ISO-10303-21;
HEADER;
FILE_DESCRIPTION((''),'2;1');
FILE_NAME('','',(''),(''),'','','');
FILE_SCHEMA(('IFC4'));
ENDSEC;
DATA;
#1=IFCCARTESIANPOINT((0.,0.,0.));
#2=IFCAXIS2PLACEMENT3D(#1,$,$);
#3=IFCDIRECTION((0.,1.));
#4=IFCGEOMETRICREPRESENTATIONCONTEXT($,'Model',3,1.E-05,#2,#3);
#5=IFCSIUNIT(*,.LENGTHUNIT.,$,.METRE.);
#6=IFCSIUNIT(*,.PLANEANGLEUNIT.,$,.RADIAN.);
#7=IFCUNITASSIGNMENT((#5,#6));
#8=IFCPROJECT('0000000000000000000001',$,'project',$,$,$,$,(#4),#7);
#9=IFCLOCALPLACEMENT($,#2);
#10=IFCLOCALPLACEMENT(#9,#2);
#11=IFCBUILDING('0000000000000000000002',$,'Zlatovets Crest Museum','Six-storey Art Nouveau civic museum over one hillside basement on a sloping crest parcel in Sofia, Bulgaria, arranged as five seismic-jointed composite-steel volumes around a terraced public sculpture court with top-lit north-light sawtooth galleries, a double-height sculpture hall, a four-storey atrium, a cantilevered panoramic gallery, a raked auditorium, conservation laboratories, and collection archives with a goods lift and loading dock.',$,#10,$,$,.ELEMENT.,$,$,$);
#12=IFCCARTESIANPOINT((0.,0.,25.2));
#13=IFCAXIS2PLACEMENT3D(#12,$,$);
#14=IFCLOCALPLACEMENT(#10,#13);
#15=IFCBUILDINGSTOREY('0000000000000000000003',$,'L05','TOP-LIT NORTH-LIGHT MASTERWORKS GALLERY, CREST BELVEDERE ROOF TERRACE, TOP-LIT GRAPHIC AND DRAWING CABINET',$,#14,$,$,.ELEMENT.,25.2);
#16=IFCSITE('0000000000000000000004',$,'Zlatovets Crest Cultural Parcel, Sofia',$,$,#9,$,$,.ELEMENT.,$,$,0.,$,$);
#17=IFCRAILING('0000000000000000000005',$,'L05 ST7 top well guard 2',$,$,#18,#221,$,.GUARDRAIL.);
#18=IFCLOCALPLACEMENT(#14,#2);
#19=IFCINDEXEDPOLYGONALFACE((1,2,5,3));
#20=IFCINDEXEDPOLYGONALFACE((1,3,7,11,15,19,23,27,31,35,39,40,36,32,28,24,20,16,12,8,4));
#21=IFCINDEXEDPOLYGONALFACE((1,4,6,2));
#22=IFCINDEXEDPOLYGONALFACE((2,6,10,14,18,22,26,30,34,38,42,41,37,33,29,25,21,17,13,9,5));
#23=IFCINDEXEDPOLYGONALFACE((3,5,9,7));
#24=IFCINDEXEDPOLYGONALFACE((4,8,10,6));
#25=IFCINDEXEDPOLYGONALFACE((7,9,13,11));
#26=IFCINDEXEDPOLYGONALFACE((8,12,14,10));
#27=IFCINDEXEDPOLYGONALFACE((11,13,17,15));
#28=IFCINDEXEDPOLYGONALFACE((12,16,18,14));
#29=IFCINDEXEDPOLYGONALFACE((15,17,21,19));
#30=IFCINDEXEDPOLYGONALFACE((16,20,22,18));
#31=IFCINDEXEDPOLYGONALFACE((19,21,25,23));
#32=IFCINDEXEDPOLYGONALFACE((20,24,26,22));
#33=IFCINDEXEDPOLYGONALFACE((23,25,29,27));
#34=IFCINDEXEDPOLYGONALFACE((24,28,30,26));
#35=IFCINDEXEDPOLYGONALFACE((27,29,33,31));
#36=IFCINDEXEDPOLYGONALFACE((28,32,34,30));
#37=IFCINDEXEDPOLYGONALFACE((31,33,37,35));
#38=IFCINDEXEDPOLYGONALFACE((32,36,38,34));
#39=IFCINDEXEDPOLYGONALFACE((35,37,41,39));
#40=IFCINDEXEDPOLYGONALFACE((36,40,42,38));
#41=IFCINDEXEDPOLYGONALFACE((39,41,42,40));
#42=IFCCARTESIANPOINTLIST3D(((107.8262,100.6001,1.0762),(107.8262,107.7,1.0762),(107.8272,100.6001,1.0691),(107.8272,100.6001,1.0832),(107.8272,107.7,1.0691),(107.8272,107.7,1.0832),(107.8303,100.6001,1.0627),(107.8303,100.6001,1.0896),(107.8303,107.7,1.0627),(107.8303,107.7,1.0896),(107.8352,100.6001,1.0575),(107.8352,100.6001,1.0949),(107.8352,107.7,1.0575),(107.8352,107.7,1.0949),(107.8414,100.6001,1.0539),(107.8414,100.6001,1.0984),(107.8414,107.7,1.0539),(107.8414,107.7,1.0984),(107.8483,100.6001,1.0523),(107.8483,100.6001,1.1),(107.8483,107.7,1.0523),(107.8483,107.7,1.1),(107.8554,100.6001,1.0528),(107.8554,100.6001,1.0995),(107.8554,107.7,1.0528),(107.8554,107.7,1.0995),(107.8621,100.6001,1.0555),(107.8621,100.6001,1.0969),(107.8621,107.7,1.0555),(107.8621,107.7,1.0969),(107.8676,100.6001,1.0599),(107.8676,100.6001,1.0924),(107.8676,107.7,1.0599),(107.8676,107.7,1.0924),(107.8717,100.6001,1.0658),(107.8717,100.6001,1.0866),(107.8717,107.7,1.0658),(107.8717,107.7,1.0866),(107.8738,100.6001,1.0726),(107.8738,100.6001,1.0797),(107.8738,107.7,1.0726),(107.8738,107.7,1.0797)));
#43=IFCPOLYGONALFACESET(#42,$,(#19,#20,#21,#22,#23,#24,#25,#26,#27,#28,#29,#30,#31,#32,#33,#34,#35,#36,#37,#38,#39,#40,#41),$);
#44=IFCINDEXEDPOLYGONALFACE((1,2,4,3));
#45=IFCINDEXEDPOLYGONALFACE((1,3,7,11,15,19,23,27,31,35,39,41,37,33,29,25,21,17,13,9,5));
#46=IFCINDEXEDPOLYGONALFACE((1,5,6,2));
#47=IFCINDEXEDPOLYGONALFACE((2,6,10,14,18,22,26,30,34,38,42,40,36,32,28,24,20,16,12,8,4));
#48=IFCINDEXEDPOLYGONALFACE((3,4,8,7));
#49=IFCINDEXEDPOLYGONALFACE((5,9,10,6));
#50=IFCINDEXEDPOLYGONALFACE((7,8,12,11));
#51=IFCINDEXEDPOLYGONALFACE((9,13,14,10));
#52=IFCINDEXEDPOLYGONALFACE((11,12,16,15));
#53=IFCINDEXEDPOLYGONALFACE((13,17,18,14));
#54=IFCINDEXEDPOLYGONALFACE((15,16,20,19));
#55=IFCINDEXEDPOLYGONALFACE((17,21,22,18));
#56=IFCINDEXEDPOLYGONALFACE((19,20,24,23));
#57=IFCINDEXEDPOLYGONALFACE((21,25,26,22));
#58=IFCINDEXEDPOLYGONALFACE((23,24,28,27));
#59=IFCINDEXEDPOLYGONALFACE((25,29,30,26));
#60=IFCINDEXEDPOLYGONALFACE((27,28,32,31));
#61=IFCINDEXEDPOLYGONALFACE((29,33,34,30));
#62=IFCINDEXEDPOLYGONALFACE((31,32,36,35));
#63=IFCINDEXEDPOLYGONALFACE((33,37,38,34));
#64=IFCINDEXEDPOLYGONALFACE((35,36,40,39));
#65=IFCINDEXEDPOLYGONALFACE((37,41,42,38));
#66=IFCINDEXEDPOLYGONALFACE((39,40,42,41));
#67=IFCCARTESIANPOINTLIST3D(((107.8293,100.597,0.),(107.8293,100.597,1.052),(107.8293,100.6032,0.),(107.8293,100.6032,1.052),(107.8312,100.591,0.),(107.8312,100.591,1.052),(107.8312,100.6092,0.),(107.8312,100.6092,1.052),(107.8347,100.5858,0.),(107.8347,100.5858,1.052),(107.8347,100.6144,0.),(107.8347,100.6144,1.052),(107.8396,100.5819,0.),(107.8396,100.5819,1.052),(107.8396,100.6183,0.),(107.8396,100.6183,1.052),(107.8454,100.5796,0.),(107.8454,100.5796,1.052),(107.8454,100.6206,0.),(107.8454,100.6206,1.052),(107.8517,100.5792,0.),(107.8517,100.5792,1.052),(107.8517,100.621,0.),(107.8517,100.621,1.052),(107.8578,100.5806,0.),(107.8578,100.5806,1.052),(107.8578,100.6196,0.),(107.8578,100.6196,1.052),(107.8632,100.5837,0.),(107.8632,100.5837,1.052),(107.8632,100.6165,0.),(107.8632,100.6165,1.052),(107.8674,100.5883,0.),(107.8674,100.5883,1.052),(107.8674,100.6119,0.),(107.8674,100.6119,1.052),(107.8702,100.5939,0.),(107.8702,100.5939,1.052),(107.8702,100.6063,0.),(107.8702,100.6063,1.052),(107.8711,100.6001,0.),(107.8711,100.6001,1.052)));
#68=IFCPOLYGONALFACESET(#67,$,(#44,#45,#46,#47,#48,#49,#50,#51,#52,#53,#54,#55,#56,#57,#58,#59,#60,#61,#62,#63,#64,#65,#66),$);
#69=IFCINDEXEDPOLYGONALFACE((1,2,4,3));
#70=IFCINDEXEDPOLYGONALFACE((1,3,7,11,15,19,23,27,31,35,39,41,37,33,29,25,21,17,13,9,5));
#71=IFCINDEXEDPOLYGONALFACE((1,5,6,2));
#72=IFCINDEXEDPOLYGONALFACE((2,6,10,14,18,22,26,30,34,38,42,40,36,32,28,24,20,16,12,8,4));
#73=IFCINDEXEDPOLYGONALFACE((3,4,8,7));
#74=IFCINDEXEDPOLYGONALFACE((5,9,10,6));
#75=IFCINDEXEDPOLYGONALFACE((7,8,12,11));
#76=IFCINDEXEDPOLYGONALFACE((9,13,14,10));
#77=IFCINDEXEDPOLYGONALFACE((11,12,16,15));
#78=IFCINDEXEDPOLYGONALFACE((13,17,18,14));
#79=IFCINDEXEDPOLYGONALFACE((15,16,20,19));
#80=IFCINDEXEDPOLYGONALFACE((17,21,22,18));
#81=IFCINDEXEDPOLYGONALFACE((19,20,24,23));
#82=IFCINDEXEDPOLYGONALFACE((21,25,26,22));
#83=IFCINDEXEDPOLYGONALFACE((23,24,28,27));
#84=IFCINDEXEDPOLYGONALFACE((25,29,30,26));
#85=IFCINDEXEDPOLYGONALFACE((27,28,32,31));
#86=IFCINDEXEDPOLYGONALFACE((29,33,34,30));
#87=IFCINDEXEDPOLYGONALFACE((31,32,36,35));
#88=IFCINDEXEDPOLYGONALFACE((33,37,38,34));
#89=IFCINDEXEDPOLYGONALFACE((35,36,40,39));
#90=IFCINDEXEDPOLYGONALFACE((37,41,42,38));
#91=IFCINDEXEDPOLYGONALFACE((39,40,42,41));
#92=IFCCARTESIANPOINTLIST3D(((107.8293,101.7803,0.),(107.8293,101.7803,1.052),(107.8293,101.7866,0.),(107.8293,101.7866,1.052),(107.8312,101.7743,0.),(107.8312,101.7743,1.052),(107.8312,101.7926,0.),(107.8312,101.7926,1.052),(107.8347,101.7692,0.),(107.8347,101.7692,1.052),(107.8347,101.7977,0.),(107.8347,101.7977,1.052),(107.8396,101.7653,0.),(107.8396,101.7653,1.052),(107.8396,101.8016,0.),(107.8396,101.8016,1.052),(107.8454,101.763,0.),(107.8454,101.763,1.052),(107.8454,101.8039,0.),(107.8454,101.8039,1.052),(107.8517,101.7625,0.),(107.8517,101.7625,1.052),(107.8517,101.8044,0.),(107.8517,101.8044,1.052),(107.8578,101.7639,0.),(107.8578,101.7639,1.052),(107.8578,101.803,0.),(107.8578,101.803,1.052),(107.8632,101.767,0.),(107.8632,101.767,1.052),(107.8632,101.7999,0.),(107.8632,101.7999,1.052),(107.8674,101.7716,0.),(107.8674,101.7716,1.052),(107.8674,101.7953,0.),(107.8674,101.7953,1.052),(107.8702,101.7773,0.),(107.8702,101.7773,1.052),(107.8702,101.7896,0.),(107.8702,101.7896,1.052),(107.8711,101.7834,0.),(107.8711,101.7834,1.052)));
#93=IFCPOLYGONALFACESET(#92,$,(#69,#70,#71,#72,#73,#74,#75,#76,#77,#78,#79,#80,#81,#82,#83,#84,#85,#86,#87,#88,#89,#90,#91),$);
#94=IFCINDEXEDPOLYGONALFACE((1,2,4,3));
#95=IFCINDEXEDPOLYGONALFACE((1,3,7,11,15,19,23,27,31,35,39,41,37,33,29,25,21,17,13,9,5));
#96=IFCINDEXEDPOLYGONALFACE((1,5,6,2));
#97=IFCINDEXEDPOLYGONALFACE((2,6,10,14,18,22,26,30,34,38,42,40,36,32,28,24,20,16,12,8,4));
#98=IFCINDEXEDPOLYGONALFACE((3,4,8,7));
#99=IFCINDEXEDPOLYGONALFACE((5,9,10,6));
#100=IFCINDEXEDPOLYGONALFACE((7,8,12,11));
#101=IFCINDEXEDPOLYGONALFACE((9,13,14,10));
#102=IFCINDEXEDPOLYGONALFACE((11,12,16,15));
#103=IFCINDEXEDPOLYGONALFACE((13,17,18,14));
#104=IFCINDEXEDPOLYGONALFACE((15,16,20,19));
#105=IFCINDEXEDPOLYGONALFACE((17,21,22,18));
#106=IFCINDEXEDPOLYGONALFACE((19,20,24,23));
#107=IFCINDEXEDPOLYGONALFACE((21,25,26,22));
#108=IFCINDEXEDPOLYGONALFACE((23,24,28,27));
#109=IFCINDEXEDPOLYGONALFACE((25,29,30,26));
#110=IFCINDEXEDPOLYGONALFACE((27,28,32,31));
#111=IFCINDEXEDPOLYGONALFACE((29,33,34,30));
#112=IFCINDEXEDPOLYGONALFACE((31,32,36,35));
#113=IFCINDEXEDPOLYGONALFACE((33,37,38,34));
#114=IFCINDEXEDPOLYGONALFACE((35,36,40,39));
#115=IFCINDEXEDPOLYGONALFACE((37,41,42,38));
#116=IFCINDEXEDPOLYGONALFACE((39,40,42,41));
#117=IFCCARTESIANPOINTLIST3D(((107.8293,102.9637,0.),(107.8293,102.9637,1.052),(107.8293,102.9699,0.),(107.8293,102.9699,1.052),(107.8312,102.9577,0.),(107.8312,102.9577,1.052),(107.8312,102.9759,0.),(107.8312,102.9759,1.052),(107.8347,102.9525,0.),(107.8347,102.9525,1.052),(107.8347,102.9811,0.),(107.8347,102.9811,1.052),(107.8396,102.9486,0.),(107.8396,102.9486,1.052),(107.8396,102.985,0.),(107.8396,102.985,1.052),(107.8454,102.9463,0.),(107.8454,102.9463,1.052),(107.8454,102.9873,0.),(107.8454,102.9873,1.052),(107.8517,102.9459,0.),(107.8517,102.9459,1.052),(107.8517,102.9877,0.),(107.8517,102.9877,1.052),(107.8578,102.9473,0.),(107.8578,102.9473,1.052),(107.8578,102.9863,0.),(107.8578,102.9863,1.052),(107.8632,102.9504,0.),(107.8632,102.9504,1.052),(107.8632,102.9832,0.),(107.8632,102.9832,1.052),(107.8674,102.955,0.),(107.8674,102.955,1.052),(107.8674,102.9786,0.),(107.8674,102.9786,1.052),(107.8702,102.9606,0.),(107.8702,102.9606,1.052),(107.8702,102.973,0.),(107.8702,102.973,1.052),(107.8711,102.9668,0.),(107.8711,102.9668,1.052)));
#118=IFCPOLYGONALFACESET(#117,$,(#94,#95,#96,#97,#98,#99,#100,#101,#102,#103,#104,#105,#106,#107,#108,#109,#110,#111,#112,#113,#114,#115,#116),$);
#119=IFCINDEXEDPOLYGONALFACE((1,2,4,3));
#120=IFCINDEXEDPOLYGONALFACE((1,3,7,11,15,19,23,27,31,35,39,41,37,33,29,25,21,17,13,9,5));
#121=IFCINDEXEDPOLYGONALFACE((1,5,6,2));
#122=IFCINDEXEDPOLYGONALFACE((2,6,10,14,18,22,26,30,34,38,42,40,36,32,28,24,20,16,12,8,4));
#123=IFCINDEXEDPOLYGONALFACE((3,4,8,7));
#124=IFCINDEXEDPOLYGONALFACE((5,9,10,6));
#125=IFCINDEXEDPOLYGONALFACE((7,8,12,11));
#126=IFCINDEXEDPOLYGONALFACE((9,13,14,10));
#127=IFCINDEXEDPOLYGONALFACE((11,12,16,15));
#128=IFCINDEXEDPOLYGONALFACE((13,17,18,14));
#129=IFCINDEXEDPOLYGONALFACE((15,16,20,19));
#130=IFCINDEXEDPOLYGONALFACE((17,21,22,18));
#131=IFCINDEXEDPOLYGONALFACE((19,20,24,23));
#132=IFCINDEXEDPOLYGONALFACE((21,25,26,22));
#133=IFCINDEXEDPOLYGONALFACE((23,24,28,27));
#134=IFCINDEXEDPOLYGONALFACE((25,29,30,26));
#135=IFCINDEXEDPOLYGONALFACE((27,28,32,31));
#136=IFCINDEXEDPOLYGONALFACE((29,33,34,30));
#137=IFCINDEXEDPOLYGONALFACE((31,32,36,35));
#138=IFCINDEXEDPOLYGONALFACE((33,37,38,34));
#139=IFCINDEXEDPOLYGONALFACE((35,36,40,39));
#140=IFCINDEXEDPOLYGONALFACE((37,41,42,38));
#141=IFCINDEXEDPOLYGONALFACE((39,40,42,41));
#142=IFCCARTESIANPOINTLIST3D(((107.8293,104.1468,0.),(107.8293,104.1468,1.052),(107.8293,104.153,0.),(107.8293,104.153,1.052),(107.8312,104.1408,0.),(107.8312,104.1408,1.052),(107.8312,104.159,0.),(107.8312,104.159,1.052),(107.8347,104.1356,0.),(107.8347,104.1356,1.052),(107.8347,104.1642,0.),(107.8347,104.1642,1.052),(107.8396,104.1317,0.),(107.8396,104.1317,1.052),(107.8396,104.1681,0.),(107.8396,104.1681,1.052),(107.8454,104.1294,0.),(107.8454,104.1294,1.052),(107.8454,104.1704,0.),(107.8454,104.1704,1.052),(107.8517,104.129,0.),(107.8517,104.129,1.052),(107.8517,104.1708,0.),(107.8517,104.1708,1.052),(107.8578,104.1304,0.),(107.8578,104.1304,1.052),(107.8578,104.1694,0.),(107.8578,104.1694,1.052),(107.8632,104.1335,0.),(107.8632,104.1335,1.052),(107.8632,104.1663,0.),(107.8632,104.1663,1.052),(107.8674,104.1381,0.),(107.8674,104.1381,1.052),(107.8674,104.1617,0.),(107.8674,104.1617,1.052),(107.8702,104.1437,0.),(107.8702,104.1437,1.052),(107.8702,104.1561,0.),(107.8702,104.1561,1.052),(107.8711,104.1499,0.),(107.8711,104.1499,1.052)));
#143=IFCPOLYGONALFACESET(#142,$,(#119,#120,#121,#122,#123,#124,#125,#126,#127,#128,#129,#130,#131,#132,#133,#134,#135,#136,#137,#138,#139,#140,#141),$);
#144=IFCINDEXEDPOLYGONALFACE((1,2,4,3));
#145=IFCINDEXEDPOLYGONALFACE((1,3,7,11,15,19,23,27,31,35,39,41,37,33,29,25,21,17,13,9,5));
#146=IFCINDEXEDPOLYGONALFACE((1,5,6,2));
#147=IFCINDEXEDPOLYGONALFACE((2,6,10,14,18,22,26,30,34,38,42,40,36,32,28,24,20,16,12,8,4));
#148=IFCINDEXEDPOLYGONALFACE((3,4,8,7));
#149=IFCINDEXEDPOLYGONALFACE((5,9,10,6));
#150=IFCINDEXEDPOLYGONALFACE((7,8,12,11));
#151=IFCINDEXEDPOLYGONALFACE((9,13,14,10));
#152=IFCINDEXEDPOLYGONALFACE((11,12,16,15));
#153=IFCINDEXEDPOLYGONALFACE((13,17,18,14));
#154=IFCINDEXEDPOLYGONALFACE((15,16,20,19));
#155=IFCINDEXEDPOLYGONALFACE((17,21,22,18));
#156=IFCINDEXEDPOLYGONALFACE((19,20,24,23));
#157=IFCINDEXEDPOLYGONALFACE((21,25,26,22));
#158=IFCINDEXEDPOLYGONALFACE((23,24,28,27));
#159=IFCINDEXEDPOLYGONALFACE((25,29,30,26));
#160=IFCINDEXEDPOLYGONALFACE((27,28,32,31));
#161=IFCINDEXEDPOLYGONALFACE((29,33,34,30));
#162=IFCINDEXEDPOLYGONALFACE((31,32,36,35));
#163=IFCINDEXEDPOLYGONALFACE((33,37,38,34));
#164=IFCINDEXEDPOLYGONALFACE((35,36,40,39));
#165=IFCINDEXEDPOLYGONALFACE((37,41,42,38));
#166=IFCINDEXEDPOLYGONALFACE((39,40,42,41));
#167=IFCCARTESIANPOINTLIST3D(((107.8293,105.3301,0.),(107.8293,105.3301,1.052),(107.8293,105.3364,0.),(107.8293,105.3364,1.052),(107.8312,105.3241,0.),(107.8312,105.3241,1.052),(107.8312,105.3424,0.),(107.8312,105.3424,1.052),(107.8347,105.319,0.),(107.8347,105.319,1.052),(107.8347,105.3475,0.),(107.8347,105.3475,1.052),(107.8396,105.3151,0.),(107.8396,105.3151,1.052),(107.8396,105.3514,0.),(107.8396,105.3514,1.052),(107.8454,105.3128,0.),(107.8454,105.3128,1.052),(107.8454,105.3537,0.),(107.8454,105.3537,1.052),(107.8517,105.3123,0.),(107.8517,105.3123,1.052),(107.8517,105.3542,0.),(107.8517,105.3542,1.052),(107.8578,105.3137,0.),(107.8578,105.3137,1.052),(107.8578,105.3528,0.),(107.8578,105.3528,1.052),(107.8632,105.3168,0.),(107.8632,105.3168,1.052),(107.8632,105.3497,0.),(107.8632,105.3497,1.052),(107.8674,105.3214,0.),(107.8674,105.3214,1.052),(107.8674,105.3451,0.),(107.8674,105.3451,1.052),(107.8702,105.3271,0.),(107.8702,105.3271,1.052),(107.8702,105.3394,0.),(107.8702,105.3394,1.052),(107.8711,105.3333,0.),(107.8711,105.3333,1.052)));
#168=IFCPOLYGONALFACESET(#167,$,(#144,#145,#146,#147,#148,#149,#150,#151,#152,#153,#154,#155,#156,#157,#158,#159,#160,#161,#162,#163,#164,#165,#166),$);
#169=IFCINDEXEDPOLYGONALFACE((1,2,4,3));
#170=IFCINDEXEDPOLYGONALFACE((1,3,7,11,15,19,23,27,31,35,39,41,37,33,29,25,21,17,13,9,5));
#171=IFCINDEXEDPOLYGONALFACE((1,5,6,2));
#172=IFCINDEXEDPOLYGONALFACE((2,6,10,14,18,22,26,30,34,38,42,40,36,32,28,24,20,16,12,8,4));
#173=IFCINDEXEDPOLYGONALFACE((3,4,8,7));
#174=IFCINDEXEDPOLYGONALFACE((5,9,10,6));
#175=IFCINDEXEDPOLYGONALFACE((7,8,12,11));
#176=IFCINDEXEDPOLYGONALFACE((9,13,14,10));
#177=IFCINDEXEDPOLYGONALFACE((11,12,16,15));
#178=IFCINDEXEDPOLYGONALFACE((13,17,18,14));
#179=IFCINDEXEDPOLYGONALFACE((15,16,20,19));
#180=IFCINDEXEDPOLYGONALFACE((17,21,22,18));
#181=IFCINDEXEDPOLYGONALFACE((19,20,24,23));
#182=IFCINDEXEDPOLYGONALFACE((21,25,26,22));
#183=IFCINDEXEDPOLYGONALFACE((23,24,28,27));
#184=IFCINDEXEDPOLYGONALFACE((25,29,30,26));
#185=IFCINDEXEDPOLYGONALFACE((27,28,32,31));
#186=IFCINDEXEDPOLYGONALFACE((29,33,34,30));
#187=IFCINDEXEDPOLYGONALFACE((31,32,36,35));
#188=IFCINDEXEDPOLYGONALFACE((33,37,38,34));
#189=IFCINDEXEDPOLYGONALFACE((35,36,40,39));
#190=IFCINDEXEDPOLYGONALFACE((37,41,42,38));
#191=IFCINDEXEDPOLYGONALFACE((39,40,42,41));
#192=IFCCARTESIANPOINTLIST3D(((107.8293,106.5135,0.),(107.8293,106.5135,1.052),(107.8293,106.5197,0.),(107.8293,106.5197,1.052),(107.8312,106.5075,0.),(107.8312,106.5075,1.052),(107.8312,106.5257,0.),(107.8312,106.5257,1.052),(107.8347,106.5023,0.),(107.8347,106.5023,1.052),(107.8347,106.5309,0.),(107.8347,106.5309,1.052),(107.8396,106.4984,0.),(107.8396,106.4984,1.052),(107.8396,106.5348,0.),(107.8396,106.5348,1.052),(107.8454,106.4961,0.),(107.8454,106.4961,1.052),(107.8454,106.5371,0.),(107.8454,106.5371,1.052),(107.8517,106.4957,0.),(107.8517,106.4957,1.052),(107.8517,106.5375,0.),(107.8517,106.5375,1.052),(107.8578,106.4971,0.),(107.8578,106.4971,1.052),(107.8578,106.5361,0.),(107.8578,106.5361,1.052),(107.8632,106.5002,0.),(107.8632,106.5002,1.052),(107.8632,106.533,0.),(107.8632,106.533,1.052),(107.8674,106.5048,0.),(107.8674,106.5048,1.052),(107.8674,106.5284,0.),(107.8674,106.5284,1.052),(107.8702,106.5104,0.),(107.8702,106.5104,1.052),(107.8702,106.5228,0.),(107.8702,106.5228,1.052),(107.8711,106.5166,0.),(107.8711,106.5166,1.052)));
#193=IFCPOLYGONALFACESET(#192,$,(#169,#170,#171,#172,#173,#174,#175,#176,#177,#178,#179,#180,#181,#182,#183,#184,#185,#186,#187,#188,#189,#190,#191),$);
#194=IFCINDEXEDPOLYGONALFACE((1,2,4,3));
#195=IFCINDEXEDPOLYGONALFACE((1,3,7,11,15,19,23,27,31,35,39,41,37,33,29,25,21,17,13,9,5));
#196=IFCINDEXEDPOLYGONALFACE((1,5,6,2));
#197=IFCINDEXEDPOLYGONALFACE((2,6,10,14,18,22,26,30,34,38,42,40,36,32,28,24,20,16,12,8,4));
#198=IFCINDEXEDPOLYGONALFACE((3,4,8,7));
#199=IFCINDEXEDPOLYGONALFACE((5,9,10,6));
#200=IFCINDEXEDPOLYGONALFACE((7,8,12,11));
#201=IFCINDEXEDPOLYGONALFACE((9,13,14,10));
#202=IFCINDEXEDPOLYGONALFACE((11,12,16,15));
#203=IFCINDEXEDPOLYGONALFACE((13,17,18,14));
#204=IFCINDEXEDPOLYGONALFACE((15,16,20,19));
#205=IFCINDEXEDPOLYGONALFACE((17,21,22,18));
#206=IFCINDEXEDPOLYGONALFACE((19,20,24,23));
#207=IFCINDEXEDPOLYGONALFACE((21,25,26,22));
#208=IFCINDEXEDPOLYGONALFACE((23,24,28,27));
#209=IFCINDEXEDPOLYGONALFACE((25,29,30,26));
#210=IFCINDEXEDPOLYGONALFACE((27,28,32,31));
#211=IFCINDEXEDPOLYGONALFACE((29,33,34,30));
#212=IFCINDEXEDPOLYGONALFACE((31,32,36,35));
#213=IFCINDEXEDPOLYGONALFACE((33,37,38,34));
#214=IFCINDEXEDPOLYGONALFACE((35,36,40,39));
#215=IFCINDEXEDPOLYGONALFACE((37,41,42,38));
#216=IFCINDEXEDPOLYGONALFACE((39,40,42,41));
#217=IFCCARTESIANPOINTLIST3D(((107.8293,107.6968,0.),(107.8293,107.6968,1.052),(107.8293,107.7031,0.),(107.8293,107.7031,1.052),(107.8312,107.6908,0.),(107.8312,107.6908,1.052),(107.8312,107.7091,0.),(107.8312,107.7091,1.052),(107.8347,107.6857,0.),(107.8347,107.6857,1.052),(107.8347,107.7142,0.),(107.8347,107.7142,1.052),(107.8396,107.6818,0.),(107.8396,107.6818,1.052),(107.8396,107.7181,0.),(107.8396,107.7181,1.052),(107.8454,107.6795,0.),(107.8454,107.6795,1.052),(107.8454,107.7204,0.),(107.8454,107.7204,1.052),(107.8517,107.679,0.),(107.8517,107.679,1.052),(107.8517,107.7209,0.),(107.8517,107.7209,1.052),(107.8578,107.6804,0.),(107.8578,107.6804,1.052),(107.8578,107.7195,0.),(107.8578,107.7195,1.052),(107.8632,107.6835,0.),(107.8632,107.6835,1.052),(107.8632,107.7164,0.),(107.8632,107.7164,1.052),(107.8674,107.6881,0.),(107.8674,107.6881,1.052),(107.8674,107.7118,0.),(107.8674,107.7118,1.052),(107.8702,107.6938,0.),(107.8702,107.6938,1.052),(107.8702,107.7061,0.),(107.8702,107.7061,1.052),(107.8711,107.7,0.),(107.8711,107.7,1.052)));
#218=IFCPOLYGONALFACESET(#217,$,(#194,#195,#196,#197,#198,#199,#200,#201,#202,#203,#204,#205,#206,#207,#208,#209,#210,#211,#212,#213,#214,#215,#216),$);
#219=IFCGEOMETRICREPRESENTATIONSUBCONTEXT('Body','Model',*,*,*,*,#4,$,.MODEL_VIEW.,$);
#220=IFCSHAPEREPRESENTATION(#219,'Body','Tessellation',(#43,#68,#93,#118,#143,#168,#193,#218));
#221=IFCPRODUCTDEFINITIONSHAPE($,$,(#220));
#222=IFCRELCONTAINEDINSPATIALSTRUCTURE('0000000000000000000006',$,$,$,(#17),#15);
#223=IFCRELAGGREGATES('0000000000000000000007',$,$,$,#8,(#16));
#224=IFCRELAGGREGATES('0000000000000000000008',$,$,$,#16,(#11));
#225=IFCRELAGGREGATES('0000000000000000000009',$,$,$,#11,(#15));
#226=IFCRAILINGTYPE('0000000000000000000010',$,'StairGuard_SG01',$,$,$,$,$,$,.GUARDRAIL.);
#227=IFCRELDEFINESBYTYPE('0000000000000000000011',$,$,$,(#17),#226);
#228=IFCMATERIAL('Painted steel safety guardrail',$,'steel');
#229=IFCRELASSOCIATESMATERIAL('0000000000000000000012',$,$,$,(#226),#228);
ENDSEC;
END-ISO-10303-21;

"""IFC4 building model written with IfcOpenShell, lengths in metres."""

from ifc_helpers import new_model, si_unit, direction, frame, origin, origin_2d, place, context, subcontext, project, spatial, circle, extrude, material, type_object, element, save


model = new_model("IFC4")

# Units and contexts
model_context = context("Model", 3, precision=1e-05, world=origin(), true_north=direction((0.0, 1.0)))
body_context = subcontext(model_context, "Body", "Model", "MODEL_VIEW")
ifc_project = project(units=[si_unit("LENGTHUNIT", "METRE"), si_unit("PLANEANGLEUNIT", "RADIAN")], contexts=[model_context])

# Site, building, storey
site_placement = place(None, origin())
site = spatial("IfcSite", under=ifc_project, at=site_placement, Name="Zlatovets Crest Cultural Parcel, Sofia", CompositionType="ELEMENT", RefElevation=0.0)
building_placement = place(site_placement, origin())
building = spatial("IfcBuilding", under=site, at=building_placement, Name="Zlatovets Crest Museum", Description="Six-storey Art Nouveau civic museum over one hillside basement on a sloping crest parcel in Sofia, Bulgaria, arranged as five seismic-jointed composite-steel volumes around a terraced public sculpture court with top-lit north-light sawtooth galleries, a double-height sculpture hall, a four-storey atrium, a cantilevered panoramic gallery, a raked auditorium, conservation laboratories, and collection archives with a goods lift and loading dock.", CompositionType="ELEMENT")
storey_placement = place(building_placement, frame((0.0, 0.0, 25.2)))
storey = spatial("IfcBuildingStorey", under=building, at=storey_placement, Name="L05", Description="TOP-LIT NORTH-LIGHT MASTERWORKS GALLERY, CREST BELVEDERE ROOF TERRACE, TOP-LIT GRAPHIC AND DRAWING CABINET", CompositionType="ELEMENT", Elevation=25.2)

# Railing
ifc_material_1 = material(Name="Painted steel safety guardrail", Category="steel")
railing_type = type_object("IfcRailingType", Name="StairGuard_SG01", PredefinedType="GUARDRAIL", material=ifc_material_1)
railing_placement = place(storey_placement, frame((107.8501, 100.6001, 0.0)))
element("IfcRailing", 1, at=railing_placement, inside=storey, type_object=railing_type, Name="L05 ST7 top well guard 2", PredefinedType="GUARDRAIL", context=body_context, shape_type="SweptSolid", body=[
    extrude(circle(Radius=0.0239, at=origin_2d()), frame((0.0, 0.0, 1.0762), z_axis=(0.0, 1.0, 0.0), x_axis=(-1.0, 0.0, 0.0)), (0.0, 0.0, 1.0), 7.0999),
    extrude(circle(Radius=0.021, at=origin_2d()), origin(), (0.0, 0.0, 1.0), 1.052),
    extrude(circle(Radius=0.021, at=origin_2d()), frame((0.0, 1.1833, 0.0)), (0.0, 0.0, 1.0), 1.052),
    extrude(circle(Radius=0.021, at=origin_2d()), frame((0.0, 2.3667, 0.0)), (0.0, 0.0, 1.0), 1.052),
    extrude(circle(Radius=0.021, at=origin_2d()), frame((0.0, 3.5498, 0.0)), (0.0, 0.0, 1.0), 1.052),
    extrude(circle(Radius=0.021, at=origin_2d()), frame((0.0, 4.7332, 0.0)), (0.0, 0.0, 1.0), 1.052),
    extrude(circle(Radius=0.021, at=origin_2d()), frame((0.0, 5.9165, 0.0)), (0.0, 0.0, 1.0), 1.052),
    extrude(circle(Radius=0.021, at=origin_2d()), frame((0.0, 7.0999, 0.0)), (0.0, 0.0, 1.0), 1.052),
])

save(model, "model.ifc")
